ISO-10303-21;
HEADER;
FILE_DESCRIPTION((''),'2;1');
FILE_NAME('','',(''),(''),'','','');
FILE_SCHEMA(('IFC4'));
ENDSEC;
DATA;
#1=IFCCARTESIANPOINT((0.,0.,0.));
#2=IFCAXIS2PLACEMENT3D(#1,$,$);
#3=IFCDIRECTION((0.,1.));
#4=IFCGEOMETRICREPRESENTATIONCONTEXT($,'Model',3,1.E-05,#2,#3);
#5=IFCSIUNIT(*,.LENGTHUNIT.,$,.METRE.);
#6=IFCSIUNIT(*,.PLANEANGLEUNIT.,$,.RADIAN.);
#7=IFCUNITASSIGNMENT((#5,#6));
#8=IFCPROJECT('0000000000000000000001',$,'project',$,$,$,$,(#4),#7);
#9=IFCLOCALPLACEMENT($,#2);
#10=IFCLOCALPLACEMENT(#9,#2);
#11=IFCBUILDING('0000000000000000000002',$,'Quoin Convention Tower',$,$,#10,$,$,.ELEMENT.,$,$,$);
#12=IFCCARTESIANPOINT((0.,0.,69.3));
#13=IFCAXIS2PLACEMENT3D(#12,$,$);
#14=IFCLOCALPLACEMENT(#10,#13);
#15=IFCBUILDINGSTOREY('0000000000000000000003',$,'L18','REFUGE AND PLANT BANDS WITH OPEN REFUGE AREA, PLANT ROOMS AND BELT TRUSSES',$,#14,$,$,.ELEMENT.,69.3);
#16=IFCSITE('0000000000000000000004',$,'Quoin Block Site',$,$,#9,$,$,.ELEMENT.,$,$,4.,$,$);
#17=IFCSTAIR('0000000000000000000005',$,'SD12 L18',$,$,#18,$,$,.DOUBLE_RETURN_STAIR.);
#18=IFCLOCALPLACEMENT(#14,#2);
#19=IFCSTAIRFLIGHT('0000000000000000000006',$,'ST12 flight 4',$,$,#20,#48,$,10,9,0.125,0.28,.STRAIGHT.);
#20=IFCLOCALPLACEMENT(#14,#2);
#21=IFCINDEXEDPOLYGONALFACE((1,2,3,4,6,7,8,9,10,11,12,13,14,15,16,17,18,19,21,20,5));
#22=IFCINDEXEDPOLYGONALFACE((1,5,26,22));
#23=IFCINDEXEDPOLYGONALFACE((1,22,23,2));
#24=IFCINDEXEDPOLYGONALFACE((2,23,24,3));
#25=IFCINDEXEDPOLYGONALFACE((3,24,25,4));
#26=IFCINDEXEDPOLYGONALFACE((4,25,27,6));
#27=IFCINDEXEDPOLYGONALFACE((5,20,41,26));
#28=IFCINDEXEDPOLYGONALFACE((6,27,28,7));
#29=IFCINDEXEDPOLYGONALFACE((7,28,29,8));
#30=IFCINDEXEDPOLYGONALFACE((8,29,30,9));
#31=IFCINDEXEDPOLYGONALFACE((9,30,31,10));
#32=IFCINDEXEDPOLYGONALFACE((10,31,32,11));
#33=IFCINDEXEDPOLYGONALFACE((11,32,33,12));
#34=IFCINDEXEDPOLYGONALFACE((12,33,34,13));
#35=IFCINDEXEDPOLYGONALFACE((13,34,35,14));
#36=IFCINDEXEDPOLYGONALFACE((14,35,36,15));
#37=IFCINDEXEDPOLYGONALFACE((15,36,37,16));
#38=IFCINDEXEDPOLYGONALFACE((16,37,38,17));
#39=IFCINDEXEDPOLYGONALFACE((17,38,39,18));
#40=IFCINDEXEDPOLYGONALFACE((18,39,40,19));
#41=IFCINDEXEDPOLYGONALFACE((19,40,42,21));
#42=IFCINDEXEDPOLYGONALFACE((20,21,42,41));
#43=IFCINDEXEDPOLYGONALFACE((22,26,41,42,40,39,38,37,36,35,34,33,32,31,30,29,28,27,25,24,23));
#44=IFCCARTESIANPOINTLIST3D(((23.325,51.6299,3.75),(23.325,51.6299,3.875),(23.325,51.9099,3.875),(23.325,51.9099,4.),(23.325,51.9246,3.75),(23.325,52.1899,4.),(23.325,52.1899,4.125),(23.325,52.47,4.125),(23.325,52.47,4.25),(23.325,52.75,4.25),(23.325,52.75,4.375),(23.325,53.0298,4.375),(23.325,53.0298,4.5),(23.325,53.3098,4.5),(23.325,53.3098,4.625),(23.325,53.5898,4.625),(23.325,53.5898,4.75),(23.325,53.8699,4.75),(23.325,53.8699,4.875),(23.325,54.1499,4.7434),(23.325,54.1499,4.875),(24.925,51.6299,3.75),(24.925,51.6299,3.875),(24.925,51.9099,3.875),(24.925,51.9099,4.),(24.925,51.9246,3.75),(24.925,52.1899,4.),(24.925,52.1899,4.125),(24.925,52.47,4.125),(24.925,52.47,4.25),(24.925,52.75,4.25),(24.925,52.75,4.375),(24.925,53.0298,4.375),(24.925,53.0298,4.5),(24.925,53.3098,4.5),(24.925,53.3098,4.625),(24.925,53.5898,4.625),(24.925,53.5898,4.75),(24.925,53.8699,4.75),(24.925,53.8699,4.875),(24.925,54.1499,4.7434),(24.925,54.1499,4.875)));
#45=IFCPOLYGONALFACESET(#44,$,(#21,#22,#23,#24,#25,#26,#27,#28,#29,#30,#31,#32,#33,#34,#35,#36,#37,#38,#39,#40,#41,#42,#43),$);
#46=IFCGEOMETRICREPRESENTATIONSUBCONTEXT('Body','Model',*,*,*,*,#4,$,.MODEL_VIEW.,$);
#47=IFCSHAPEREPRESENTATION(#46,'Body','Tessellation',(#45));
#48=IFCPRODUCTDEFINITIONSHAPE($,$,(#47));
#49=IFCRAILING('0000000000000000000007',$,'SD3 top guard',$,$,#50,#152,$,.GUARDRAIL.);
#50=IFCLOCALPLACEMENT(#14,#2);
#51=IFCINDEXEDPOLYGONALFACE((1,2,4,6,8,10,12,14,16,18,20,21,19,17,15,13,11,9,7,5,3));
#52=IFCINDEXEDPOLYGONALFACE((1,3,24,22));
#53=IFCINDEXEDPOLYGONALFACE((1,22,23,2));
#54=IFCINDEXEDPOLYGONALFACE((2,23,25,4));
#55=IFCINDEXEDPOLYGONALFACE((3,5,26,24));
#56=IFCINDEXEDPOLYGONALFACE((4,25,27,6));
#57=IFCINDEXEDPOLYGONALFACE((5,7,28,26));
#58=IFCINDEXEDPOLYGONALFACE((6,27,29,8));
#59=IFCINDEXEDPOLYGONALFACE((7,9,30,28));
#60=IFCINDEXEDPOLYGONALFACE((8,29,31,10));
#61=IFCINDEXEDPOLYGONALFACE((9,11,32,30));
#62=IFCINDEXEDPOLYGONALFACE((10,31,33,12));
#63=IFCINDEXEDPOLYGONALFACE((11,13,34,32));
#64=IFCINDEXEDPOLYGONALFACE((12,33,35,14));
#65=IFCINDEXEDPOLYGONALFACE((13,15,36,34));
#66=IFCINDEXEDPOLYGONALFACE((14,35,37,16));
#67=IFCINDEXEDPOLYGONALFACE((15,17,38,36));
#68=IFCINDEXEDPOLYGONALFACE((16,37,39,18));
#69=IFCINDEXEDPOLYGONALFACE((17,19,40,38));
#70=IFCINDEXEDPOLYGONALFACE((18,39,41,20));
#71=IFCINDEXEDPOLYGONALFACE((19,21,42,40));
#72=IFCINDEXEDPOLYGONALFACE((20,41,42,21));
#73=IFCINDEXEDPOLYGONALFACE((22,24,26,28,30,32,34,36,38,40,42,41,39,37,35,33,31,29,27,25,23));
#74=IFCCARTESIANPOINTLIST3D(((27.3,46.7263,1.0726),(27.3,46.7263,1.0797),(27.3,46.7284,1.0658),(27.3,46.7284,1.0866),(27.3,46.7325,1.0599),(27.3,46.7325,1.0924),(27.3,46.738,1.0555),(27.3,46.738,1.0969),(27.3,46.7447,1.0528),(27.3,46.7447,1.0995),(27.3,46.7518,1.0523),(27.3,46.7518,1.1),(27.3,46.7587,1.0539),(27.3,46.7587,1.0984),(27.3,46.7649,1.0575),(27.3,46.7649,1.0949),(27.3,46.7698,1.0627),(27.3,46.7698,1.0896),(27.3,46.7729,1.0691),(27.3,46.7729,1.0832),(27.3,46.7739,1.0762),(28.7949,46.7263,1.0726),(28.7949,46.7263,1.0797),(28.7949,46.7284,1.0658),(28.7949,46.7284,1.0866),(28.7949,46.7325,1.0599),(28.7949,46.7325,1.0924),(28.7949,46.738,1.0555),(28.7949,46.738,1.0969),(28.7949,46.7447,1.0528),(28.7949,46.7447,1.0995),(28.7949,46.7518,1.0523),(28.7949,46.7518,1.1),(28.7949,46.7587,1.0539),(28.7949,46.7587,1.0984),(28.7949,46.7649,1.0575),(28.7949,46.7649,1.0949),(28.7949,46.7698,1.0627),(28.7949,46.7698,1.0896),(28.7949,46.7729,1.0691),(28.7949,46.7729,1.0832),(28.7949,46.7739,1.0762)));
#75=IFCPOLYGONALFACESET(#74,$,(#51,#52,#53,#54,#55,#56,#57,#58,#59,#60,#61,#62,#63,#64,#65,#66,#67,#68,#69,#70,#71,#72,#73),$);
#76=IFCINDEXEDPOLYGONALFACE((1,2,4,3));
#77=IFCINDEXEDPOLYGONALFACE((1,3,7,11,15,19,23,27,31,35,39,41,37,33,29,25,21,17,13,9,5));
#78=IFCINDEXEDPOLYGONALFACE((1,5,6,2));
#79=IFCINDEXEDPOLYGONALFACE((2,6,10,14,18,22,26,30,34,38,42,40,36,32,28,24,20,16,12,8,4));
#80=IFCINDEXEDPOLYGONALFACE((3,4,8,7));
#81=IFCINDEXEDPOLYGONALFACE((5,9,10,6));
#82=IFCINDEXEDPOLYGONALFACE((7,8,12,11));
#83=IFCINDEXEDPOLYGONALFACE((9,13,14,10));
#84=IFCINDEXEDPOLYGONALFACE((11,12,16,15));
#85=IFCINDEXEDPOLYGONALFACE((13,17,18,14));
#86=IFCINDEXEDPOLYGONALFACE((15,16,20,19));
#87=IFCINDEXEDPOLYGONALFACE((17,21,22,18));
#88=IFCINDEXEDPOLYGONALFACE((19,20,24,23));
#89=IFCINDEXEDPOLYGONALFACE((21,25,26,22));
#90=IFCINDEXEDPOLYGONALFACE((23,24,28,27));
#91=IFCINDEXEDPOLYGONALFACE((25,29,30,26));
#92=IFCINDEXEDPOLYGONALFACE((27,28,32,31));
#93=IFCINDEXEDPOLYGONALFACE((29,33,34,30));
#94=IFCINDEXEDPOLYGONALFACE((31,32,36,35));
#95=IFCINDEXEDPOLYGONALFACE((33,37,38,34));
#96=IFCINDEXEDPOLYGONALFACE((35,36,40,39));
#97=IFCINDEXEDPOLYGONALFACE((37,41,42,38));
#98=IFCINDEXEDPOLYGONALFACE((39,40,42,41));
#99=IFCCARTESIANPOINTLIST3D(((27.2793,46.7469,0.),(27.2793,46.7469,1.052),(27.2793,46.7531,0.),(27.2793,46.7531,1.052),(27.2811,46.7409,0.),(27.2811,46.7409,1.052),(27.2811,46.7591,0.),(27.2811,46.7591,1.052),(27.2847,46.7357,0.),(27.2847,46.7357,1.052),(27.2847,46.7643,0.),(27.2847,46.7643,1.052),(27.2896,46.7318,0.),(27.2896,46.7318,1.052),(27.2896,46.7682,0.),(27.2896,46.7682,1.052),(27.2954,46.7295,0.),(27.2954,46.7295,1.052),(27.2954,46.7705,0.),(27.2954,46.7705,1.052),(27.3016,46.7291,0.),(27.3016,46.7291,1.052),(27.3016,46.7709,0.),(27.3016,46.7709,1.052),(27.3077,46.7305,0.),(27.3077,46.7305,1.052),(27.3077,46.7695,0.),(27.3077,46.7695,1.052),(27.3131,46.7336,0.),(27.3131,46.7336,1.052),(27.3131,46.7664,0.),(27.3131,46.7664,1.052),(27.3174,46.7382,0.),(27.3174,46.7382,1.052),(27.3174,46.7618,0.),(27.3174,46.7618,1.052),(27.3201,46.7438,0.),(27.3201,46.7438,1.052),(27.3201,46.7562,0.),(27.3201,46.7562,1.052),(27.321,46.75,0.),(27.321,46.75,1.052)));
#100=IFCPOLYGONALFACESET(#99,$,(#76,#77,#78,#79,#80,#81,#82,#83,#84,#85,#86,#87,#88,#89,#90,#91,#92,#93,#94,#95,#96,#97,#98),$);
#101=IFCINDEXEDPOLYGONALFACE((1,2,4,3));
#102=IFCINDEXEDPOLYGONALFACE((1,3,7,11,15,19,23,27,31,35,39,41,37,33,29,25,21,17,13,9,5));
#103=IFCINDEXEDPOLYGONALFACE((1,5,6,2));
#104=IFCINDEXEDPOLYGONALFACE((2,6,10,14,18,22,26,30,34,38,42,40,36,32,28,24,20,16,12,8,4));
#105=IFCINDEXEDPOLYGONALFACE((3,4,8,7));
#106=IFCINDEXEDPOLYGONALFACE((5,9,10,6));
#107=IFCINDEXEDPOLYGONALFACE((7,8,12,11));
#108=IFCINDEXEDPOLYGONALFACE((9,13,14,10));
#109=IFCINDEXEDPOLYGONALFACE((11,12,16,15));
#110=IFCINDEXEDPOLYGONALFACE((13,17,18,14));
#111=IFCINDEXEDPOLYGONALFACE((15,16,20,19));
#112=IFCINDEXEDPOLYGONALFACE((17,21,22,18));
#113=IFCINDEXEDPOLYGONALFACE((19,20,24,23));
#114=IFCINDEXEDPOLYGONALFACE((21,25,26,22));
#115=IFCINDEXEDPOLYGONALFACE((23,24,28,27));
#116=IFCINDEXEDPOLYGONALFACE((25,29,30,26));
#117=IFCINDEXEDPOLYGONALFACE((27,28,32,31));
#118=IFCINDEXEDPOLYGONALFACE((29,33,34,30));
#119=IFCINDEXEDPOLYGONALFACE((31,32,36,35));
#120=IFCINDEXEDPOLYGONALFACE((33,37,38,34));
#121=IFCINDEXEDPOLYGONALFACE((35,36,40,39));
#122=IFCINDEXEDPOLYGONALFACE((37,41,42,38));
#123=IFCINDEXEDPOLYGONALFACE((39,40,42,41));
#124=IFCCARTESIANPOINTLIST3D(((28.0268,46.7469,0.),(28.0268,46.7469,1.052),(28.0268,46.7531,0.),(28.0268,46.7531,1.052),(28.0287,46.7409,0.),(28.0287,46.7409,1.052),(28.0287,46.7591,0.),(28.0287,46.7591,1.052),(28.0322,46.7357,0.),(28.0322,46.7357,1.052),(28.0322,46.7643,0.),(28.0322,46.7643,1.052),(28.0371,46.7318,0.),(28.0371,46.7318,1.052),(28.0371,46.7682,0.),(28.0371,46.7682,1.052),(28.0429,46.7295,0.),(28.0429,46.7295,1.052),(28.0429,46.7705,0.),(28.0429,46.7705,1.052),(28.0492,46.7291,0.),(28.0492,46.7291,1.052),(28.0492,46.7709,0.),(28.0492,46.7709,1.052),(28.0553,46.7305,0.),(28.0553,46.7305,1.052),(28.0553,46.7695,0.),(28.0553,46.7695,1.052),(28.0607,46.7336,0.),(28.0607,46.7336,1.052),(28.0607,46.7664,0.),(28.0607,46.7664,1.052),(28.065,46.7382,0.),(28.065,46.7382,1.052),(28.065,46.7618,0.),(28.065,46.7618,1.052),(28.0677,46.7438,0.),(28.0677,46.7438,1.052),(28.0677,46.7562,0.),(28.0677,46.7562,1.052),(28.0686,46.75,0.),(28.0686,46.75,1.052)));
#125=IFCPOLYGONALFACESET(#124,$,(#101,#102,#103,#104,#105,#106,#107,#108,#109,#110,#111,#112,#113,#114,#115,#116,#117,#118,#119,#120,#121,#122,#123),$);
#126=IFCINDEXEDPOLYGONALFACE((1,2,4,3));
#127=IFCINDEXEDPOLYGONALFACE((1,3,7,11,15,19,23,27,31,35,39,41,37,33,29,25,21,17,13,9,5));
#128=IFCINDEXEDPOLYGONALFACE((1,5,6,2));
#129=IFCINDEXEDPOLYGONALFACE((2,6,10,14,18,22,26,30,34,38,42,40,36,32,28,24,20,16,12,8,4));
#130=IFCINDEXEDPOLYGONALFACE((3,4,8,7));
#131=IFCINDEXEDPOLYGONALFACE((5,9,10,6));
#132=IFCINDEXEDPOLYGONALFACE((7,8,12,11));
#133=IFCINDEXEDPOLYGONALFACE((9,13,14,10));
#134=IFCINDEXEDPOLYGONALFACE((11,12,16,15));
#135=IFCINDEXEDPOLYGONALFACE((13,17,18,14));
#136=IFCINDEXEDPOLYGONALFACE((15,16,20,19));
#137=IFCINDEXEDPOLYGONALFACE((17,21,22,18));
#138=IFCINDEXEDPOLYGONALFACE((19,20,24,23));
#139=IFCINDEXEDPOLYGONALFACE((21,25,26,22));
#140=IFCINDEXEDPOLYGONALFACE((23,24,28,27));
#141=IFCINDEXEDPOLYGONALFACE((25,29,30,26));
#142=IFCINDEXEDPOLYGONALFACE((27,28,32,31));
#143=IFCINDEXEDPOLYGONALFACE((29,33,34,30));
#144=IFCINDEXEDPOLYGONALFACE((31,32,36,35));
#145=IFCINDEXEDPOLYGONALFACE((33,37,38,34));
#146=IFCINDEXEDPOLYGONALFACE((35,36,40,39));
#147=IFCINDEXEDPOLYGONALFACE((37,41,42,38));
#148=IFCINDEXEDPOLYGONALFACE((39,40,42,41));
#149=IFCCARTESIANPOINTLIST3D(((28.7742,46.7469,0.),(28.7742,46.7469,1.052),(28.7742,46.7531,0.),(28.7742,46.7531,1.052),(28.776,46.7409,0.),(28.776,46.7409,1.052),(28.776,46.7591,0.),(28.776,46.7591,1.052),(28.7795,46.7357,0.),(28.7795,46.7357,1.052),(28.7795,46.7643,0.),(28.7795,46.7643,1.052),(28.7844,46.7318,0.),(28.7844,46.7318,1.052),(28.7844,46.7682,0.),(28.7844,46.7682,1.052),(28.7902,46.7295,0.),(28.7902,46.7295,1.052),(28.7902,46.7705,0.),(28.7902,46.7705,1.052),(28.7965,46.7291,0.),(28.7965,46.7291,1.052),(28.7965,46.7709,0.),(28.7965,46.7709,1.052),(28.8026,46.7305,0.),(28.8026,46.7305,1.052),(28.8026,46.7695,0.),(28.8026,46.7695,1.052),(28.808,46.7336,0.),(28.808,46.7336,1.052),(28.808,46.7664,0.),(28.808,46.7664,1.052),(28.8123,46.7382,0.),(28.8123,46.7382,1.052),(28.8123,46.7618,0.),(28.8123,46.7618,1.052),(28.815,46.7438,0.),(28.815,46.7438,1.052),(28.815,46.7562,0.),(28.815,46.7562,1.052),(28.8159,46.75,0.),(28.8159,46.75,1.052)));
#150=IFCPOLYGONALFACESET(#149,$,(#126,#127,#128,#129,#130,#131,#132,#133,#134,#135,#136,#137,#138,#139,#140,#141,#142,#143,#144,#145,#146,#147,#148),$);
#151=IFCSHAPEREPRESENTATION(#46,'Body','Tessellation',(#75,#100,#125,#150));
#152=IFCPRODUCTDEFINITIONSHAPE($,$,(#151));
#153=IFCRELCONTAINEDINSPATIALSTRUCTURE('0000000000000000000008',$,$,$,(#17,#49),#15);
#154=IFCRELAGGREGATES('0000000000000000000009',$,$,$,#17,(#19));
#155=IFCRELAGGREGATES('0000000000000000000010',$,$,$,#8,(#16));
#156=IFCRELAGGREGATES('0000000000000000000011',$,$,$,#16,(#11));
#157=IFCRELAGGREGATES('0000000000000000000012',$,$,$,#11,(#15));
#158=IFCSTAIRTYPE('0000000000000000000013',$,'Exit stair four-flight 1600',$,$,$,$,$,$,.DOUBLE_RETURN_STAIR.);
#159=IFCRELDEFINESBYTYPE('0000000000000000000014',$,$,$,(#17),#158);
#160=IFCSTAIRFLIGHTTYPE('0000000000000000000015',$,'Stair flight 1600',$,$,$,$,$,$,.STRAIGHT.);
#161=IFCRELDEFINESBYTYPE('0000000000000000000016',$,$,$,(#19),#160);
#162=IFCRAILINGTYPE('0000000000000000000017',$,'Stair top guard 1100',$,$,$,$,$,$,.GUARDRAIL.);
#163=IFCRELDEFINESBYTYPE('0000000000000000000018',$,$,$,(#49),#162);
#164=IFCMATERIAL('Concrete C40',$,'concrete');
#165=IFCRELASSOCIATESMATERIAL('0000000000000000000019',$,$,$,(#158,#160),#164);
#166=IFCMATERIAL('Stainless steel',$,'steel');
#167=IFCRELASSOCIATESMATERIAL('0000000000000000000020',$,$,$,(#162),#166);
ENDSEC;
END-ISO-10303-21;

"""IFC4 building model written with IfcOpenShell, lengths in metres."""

from ifc_helpers import new_model, si_unit, direction, frame, origin, origin_2d, place, context, subcontext, project, spatial, polyline, circle, outline, extrude, material, type_object, element, aggregate, save


model = new_model("IFC4")

# Units and contexts
model_context = context("Model", 3, precision=1e-05, world=origin(), true_north=direction((0.0, 1.0)))
body_context = subcontext(model_context, "Body", "Model", "MODEL_VIEW")
ifc_project = project(units=[si_unit("LENGTHUNIT", "METRE"), si_unit("PLANEANGLEUNIT", "RADIAN")], contexts=[model_context])

# Site, building, storey
site_placement = place(None, origin())
site = spatial("IfcSite", under=ifc_project, at=site_placement, Name="Quoin Block Site", CompositionType="ELEMENT", RefElevation=4.0)
building_placement = place(site_placement, origin())
building = spatial("IfcBuilding", under=site, at=building_placement, Name="Quoin Convention Tower", CompositionType="ELEMENT")
storey_placement = place(building_placement, frame((0.0, 0.0, 69.3)))
storey = spatial("IfcBuildingStorey", under=building, at=storey_placement, Name="L18", Description="REFUGE AND PLANT BANDS WITH OPEN REFUGE AREA, PLANT ROOMS AND BELT TRUSSES", CompositionType="ELEMENT", Elevation=69.3)

# Stair, stair flight
ifc_material_1 = material(Name="Concrete C40", Category="concrete")
stair_type = type_object("IfcStairType", Name="Exit stair four-flight 1600", PredefinedType="DOUBLE_RETURN_STAIR", material=ifc_material_1)
stair_flight_type = type_object("IfcStairFlightType", Name="Stair flight 1600", PredefinedType="STRAIGHT", material=ifc_material_1)
stair_1_placement = place(storey_placement, origin())
stair_1 = element("IfcStair", 1, at=stair_1_placement, inside=storey, type_object=stair_type, Name="SD12 L18", PredefinedType="DOUBLE_RETURN_STAIR")
stair_flight_1_placement = place(storey_placement, frame((24.125, 51.6299, 3.75), z_axis=(0.0, 0.0, 1.0), x_axis=(0.0, 1.0, 0.0)))
stair_flight_1 = element("IfcStairFlight", 2, at=stair_flight_1_placement, type_object=stair_flight_type, Name="ST12 flight 4", NumberOfRisers=10, NumberOfTreads=9, PredefinedType="STRAIGHT", RiserHeight=0.125, TreadLength=0.28, context=body_context, shape_type="SweptSolid", body=[
    extrude(outline(polyline([(0.0, 0.0), (0.0, 0.125), (0.28, 0.125), (0.28, 0.25), (0.5601, 0.25), (0.5601, 0.375), (0.8401, 0.375), (0.8401, 0.5), (1.1201, 0.5), (1.1201, 0.625), (1.3999, 0.625), (1.3999, 0.75), (1.6799, 0.75), (1.6799, 0.875), (1.96, 0.875), (1.96, 1.0), (2.24, 1.0), (2.24, 1.125), (2.52, 1.125), (2.52, 1.25), (2.52, 0.9934), (0.2947, 0.0), (0.0, 0.0)])), frame((0.0, 0.8, 0.0), z_axis=(0.0, -1.0, 0.0), x_axis=(1.0, 0.0, 0.0)), (0.0, 0.0, 1.0), 1.6001),
])
aggregate(stair_1, [stair_flight_1])

# Railing
ifc_material_2 = material(Name="Stainless steel", Category="steel")
railing_type_1 = type_object("IfcRailingType", Name="Stair top guard 1100", PredefinedType="GUARDRAIL", material=ifc_material_2)
railing_1_placement = place(storey_placement, frame((27.3, 46.75, 0.0)))
element("IfcRailing", 3, at=railing_1_placement, inside=storey, type_object=railing_type_1, Name="SD3 top guard", PredefinedType="GUARDRAIL", context=body_context, shape_type="SweptSolid", body=[
    extrude(circle(Radius=0.0239, at=origin_2d()), frame((0.0, 0.0, 1.0762), z_axis=(1.0, 0.0, 0.0), x_axis=(0.0, 1.0, 0.0)), (0.0, 0.0, 1.0), 1.4949),
    extrude(circle(Radius=0.021, at=origin_2d()), origin(), (0.0, 0.0, 1.0), 1.052),
    extrude(circle(Radius=0.021, at=origin_2d()), frame((0.7476, 0.0, 0.0)), (0.0, 0.0, 1.0), 1.052),
    extrude(circle(Radius=0.021, at=origin_2d()), frame((1.4949, 0.0, 0.0)), (0.0, 0.0, 1.0), 1.052),
])

save(model, "model.ifc")
